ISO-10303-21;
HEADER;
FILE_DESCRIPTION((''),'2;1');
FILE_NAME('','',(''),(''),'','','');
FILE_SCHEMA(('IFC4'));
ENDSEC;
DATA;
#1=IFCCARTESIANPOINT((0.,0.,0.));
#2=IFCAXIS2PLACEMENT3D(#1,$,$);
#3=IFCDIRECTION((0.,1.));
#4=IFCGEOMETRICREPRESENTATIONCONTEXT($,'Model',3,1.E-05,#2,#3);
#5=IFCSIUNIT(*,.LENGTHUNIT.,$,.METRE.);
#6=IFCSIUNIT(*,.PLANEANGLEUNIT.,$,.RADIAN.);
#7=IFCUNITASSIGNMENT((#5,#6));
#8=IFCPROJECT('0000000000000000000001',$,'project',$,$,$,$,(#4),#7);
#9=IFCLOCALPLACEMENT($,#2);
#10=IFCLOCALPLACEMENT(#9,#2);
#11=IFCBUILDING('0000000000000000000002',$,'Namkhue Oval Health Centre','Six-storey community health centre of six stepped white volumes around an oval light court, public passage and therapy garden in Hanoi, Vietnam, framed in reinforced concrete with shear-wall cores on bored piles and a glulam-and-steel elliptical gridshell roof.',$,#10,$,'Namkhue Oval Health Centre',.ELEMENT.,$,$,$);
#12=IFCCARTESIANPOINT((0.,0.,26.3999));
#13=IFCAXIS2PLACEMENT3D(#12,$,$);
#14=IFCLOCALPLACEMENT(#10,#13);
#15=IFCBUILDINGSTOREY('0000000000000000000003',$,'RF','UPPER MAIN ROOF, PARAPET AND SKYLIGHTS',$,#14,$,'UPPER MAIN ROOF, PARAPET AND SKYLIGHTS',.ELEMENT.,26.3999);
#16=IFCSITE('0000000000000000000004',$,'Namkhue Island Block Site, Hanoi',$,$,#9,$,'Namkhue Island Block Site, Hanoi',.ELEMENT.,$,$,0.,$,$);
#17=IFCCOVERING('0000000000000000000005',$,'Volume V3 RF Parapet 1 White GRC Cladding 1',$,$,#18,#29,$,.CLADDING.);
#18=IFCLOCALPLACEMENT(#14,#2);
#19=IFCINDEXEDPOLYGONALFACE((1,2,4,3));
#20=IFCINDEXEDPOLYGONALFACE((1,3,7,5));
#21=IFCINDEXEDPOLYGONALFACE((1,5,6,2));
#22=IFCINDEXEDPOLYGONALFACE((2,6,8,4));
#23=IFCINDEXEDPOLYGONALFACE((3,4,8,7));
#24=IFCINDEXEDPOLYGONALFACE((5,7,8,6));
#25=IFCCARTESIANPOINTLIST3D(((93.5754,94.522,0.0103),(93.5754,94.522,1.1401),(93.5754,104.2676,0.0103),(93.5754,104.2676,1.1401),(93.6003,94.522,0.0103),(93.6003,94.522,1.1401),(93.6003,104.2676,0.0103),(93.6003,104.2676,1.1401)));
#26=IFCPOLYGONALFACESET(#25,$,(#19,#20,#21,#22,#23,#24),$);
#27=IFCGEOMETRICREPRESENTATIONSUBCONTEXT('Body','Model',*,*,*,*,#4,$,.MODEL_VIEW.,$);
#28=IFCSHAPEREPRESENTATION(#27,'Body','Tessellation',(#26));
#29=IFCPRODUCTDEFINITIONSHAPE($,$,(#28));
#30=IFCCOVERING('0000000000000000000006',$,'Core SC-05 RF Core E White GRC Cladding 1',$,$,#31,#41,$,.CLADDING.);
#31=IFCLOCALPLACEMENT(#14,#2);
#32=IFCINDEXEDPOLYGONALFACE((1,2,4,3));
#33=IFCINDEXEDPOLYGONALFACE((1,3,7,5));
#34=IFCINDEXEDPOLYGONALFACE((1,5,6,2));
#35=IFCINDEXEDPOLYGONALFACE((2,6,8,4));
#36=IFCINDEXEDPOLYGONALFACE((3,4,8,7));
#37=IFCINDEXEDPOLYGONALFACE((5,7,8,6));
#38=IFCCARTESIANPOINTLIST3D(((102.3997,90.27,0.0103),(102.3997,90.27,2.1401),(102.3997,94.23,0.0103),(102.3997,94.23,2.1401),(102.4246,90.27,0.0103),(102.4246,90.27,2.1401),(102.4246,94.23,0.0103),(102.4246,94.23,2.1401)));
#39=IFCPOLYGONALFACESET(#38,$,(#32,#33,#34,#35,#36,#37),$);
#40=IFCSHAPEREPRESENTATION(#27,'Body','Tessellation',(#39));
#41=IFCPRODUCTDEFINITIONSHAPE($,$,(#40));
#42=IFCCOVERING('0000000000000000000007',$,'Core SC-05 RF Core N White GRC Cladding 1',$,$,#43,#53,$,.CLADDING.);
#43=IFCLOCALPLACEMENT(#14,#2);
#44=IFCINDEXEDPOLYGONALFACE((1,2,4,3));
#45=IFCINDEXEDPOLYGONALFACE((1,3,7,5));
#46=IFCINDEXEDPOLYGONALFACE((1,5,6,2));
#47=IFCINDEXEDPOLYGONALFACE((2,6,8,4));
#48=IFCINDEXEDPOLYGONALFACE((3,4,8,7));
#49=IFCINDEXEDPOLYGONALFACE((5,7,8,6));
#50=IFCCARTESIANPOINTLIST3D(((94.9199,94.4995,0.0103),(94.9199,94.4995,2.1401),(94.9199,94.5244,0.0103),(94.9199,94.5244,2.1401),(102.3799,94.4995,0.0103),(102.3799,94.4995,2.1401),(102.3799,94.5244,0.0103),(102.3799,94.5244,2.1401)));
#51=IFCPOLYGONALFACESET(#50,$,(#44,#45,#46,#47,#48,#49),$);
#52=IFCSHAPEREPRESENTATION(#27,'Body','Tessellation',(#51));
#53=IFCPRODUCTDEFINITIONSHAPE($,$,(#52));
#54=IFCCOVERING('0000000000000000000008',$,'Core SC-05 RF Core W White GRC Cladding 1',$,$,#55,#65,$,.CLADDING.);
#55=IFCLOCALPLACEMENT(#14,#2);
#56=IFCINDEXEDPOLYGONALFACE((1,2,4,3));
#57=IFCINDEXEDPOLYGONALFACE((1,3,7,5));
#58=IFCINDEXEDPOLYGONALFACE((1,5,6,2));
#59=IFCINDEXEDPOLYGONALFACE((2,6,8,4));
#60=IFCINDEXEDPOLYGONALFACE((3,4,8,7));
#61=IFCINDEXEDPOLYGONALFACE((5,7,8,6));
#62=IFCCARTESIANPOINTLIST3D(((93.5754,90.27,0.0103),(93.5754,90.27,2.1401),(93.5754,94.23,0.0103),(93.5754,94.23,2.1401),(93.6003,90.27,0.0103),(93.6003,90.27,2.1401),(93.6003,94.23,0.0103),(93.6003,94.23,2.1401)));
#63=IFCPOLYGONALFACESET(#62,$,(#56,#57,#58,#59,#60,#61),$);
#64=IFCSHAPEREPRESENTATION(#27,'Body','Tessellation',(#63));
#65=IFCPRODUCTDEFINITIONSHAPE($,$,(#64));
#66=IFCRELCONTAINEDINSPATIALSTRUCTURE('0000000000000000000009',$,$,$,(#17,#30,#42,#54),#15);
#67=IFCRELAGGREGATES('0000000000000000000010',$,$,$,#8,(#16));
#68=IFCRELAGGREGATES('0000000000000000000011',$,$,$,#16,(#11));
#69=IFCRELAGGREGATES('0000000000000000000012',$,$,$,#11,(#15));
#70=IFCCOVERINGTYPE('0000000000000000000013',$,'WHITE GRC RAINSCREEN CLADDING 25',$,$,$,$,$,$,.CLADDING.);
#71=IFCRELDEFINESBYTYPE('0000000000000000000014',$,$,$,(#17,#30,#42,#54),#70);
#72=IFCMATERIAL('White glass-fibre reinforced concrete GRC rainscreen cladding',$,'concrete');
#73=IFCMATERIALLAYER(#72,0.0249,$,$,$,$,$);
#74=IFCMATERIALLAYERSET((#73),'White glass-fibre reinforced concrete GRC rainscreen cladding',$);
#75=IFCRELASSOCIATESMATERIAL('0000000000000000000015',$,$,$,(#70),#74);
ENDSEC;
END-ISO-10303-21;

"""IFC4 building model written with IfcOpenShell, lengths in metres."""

from ifc_helpers import new_model, si_unit, direction, frame, origin, origin_2d, place, context, subcontext, project, spatial, rectangle, extrude, material, layer, layer_set, type_object, element, save


model = new_model("IFC4")

# Units and contexts
model_context = context("Model", 3, precision=1e-05, world=origin(), true_north=direction((0.0, 1.0)))
body_context = subcontext(model_context, "Body", "Model", "MODEL_VIEW")
ifc_project = project(units=[si_unit("LENGTHUNIT", "METRE"), si_unit("PLANEANGLEUNIT", "RADIAN")], contexts=[model_context])

# Site, building, storey
site_placement = place(None, origin())
site = spatial("IfcSite", under=ifc_project, at=site_placement, Name="Namkhue Island Block Site, Hanoi", LongName="Namkhue Island Block Site, Hanoi", CompositionType="ELEMENT", RefElevation=0.0)
building_placement = place(site_placement, origin())
building = spatial("IfcBuilding", under=site, at=building_placement, Name="Namkhue Oval Health Centre", Description="Six-storey community health centre of six stepped white volumes around an oval light court, public passage and therapy garden in Hanoi, Vietnam, framed in reinforced concrete with shear-wall cores on bored piles and a glulam-and-steel elliptical gridshell roof.", LongName="Namkhue Oval Health Centre", CompositionType="ELEMENT")
storey_placement = place(building_placement, frame((0.0, 0.0, 26.3999)))
storey = spatial("IfcBuildingStorey", under=building, at=storey_placement, Name="RF", Description="UPPER MAIN ROOF, PARAPET AND SKYLIGHTS", LongName="UPPER MAIN ROOF, PARAPET AND SKYLIGHTS", CompositionType="ELEMENT", Elevation=26.3999)

# Coverings
ifc_material_1 = material(Name="White glass-fibre reinforced concrete GRC rainscreen cladding", Category="concrete")
ifc_layer_1 = layer(ifc_material_1, 0.0249)
ifc_layer_set_1 = layer_set([ifc_layer_1], Name="White glass-fibre reinforced concrete GRC rainscreen cladding")
covering_type_1 = type_object("IfcCoveringType", Name="WHITE GRC RAINSCREEN CLADDING 25", PredefinedType="CLADDING", material=ifc_layer_set_1)
covering_1_placement = place(storey_placement, frame((93.5879, 99.3948, 0.0103), z_axis=(0.0, 0.0, 1.0), x_axis=(0.0, 1.0, 0.0)))
element("IfcCovering", 1, at=covering_1_placement, inside=storey, type_object=covering_type_1, Name="Volume V3 RF Parapet 1 White GRC Cladding 1", PredefinedType="CLADDING", context=body_context, shape_type="SweptSolid", body=[
    extrude(rectangle(XDim=9.7456, YDim=0.0249, at=origin_2d()), origin(), (0.0, 0.0, 1.0), 1.1299),
])
covering_2_placement = place(storey_placement, frame((102.4121, 92.25, 0.0103), z_axis=(0.0, 0.0, 1.0), x_axis=(0.0, 1.0, 0.0)))
element("IfcCovering", 2, at=covering_2_placement, inside=storey, type_object=covering_type_1, Name="Core SC-05 RF Core E White GRC Cladding 1", PredefinedType="CLADDING", context=body_context, shape_type="SweptSolid", body=[
    extrude(rectangle(XDim=3.96, YDim=0.0249, at=origin_2d()), origin(), (0.0, 0.0, 1.0), 2.1299),
])
covering_3_placement = place(storey_placement, frame((98.6499, 94.512, 0.0103), z_axis=(0.0, 0.0, 1.0), x_axis=(-1.0, 0.0, 0.0)))
element("IfcCovering", 3, at=covering_3_placement, inside=storey, type_object=covering_type_1, Name="Core SC-05 RF Core N White GRC Cladding 1", PredefinedType="CLADDING", context=body_context, shape_type="SweptSolid", body=[
    extrude(rectangle(XDim=7.46, YDim=0.0249, at=origin_2d()), origin(), (0.0, 0.0, 1.0), 2.1299),
])
covering_4_placement = place(storey_placement, frame((93.5879, 92.25, 0.0103), z_axis=(0.0, 0.0, 1.0), x_axis=(0.0, -1.0, 0.0)))
element("IfcCovering", 4, at=covering_4_placement, inside=storey, type_object=covering_type_1, Name="Core SC-05 RF Core W White GRC Cladding 1", PredefinedType="CLADDING", context=body_context, shape_type="SweptSolid", body=[
    extrude(rectangle(XDim=3.96, YDim=0.0249, at=origin_2d()), origin(), (0.0, 0.0, 1.0), 2.1299),
])

save(model, "model.ifc")
